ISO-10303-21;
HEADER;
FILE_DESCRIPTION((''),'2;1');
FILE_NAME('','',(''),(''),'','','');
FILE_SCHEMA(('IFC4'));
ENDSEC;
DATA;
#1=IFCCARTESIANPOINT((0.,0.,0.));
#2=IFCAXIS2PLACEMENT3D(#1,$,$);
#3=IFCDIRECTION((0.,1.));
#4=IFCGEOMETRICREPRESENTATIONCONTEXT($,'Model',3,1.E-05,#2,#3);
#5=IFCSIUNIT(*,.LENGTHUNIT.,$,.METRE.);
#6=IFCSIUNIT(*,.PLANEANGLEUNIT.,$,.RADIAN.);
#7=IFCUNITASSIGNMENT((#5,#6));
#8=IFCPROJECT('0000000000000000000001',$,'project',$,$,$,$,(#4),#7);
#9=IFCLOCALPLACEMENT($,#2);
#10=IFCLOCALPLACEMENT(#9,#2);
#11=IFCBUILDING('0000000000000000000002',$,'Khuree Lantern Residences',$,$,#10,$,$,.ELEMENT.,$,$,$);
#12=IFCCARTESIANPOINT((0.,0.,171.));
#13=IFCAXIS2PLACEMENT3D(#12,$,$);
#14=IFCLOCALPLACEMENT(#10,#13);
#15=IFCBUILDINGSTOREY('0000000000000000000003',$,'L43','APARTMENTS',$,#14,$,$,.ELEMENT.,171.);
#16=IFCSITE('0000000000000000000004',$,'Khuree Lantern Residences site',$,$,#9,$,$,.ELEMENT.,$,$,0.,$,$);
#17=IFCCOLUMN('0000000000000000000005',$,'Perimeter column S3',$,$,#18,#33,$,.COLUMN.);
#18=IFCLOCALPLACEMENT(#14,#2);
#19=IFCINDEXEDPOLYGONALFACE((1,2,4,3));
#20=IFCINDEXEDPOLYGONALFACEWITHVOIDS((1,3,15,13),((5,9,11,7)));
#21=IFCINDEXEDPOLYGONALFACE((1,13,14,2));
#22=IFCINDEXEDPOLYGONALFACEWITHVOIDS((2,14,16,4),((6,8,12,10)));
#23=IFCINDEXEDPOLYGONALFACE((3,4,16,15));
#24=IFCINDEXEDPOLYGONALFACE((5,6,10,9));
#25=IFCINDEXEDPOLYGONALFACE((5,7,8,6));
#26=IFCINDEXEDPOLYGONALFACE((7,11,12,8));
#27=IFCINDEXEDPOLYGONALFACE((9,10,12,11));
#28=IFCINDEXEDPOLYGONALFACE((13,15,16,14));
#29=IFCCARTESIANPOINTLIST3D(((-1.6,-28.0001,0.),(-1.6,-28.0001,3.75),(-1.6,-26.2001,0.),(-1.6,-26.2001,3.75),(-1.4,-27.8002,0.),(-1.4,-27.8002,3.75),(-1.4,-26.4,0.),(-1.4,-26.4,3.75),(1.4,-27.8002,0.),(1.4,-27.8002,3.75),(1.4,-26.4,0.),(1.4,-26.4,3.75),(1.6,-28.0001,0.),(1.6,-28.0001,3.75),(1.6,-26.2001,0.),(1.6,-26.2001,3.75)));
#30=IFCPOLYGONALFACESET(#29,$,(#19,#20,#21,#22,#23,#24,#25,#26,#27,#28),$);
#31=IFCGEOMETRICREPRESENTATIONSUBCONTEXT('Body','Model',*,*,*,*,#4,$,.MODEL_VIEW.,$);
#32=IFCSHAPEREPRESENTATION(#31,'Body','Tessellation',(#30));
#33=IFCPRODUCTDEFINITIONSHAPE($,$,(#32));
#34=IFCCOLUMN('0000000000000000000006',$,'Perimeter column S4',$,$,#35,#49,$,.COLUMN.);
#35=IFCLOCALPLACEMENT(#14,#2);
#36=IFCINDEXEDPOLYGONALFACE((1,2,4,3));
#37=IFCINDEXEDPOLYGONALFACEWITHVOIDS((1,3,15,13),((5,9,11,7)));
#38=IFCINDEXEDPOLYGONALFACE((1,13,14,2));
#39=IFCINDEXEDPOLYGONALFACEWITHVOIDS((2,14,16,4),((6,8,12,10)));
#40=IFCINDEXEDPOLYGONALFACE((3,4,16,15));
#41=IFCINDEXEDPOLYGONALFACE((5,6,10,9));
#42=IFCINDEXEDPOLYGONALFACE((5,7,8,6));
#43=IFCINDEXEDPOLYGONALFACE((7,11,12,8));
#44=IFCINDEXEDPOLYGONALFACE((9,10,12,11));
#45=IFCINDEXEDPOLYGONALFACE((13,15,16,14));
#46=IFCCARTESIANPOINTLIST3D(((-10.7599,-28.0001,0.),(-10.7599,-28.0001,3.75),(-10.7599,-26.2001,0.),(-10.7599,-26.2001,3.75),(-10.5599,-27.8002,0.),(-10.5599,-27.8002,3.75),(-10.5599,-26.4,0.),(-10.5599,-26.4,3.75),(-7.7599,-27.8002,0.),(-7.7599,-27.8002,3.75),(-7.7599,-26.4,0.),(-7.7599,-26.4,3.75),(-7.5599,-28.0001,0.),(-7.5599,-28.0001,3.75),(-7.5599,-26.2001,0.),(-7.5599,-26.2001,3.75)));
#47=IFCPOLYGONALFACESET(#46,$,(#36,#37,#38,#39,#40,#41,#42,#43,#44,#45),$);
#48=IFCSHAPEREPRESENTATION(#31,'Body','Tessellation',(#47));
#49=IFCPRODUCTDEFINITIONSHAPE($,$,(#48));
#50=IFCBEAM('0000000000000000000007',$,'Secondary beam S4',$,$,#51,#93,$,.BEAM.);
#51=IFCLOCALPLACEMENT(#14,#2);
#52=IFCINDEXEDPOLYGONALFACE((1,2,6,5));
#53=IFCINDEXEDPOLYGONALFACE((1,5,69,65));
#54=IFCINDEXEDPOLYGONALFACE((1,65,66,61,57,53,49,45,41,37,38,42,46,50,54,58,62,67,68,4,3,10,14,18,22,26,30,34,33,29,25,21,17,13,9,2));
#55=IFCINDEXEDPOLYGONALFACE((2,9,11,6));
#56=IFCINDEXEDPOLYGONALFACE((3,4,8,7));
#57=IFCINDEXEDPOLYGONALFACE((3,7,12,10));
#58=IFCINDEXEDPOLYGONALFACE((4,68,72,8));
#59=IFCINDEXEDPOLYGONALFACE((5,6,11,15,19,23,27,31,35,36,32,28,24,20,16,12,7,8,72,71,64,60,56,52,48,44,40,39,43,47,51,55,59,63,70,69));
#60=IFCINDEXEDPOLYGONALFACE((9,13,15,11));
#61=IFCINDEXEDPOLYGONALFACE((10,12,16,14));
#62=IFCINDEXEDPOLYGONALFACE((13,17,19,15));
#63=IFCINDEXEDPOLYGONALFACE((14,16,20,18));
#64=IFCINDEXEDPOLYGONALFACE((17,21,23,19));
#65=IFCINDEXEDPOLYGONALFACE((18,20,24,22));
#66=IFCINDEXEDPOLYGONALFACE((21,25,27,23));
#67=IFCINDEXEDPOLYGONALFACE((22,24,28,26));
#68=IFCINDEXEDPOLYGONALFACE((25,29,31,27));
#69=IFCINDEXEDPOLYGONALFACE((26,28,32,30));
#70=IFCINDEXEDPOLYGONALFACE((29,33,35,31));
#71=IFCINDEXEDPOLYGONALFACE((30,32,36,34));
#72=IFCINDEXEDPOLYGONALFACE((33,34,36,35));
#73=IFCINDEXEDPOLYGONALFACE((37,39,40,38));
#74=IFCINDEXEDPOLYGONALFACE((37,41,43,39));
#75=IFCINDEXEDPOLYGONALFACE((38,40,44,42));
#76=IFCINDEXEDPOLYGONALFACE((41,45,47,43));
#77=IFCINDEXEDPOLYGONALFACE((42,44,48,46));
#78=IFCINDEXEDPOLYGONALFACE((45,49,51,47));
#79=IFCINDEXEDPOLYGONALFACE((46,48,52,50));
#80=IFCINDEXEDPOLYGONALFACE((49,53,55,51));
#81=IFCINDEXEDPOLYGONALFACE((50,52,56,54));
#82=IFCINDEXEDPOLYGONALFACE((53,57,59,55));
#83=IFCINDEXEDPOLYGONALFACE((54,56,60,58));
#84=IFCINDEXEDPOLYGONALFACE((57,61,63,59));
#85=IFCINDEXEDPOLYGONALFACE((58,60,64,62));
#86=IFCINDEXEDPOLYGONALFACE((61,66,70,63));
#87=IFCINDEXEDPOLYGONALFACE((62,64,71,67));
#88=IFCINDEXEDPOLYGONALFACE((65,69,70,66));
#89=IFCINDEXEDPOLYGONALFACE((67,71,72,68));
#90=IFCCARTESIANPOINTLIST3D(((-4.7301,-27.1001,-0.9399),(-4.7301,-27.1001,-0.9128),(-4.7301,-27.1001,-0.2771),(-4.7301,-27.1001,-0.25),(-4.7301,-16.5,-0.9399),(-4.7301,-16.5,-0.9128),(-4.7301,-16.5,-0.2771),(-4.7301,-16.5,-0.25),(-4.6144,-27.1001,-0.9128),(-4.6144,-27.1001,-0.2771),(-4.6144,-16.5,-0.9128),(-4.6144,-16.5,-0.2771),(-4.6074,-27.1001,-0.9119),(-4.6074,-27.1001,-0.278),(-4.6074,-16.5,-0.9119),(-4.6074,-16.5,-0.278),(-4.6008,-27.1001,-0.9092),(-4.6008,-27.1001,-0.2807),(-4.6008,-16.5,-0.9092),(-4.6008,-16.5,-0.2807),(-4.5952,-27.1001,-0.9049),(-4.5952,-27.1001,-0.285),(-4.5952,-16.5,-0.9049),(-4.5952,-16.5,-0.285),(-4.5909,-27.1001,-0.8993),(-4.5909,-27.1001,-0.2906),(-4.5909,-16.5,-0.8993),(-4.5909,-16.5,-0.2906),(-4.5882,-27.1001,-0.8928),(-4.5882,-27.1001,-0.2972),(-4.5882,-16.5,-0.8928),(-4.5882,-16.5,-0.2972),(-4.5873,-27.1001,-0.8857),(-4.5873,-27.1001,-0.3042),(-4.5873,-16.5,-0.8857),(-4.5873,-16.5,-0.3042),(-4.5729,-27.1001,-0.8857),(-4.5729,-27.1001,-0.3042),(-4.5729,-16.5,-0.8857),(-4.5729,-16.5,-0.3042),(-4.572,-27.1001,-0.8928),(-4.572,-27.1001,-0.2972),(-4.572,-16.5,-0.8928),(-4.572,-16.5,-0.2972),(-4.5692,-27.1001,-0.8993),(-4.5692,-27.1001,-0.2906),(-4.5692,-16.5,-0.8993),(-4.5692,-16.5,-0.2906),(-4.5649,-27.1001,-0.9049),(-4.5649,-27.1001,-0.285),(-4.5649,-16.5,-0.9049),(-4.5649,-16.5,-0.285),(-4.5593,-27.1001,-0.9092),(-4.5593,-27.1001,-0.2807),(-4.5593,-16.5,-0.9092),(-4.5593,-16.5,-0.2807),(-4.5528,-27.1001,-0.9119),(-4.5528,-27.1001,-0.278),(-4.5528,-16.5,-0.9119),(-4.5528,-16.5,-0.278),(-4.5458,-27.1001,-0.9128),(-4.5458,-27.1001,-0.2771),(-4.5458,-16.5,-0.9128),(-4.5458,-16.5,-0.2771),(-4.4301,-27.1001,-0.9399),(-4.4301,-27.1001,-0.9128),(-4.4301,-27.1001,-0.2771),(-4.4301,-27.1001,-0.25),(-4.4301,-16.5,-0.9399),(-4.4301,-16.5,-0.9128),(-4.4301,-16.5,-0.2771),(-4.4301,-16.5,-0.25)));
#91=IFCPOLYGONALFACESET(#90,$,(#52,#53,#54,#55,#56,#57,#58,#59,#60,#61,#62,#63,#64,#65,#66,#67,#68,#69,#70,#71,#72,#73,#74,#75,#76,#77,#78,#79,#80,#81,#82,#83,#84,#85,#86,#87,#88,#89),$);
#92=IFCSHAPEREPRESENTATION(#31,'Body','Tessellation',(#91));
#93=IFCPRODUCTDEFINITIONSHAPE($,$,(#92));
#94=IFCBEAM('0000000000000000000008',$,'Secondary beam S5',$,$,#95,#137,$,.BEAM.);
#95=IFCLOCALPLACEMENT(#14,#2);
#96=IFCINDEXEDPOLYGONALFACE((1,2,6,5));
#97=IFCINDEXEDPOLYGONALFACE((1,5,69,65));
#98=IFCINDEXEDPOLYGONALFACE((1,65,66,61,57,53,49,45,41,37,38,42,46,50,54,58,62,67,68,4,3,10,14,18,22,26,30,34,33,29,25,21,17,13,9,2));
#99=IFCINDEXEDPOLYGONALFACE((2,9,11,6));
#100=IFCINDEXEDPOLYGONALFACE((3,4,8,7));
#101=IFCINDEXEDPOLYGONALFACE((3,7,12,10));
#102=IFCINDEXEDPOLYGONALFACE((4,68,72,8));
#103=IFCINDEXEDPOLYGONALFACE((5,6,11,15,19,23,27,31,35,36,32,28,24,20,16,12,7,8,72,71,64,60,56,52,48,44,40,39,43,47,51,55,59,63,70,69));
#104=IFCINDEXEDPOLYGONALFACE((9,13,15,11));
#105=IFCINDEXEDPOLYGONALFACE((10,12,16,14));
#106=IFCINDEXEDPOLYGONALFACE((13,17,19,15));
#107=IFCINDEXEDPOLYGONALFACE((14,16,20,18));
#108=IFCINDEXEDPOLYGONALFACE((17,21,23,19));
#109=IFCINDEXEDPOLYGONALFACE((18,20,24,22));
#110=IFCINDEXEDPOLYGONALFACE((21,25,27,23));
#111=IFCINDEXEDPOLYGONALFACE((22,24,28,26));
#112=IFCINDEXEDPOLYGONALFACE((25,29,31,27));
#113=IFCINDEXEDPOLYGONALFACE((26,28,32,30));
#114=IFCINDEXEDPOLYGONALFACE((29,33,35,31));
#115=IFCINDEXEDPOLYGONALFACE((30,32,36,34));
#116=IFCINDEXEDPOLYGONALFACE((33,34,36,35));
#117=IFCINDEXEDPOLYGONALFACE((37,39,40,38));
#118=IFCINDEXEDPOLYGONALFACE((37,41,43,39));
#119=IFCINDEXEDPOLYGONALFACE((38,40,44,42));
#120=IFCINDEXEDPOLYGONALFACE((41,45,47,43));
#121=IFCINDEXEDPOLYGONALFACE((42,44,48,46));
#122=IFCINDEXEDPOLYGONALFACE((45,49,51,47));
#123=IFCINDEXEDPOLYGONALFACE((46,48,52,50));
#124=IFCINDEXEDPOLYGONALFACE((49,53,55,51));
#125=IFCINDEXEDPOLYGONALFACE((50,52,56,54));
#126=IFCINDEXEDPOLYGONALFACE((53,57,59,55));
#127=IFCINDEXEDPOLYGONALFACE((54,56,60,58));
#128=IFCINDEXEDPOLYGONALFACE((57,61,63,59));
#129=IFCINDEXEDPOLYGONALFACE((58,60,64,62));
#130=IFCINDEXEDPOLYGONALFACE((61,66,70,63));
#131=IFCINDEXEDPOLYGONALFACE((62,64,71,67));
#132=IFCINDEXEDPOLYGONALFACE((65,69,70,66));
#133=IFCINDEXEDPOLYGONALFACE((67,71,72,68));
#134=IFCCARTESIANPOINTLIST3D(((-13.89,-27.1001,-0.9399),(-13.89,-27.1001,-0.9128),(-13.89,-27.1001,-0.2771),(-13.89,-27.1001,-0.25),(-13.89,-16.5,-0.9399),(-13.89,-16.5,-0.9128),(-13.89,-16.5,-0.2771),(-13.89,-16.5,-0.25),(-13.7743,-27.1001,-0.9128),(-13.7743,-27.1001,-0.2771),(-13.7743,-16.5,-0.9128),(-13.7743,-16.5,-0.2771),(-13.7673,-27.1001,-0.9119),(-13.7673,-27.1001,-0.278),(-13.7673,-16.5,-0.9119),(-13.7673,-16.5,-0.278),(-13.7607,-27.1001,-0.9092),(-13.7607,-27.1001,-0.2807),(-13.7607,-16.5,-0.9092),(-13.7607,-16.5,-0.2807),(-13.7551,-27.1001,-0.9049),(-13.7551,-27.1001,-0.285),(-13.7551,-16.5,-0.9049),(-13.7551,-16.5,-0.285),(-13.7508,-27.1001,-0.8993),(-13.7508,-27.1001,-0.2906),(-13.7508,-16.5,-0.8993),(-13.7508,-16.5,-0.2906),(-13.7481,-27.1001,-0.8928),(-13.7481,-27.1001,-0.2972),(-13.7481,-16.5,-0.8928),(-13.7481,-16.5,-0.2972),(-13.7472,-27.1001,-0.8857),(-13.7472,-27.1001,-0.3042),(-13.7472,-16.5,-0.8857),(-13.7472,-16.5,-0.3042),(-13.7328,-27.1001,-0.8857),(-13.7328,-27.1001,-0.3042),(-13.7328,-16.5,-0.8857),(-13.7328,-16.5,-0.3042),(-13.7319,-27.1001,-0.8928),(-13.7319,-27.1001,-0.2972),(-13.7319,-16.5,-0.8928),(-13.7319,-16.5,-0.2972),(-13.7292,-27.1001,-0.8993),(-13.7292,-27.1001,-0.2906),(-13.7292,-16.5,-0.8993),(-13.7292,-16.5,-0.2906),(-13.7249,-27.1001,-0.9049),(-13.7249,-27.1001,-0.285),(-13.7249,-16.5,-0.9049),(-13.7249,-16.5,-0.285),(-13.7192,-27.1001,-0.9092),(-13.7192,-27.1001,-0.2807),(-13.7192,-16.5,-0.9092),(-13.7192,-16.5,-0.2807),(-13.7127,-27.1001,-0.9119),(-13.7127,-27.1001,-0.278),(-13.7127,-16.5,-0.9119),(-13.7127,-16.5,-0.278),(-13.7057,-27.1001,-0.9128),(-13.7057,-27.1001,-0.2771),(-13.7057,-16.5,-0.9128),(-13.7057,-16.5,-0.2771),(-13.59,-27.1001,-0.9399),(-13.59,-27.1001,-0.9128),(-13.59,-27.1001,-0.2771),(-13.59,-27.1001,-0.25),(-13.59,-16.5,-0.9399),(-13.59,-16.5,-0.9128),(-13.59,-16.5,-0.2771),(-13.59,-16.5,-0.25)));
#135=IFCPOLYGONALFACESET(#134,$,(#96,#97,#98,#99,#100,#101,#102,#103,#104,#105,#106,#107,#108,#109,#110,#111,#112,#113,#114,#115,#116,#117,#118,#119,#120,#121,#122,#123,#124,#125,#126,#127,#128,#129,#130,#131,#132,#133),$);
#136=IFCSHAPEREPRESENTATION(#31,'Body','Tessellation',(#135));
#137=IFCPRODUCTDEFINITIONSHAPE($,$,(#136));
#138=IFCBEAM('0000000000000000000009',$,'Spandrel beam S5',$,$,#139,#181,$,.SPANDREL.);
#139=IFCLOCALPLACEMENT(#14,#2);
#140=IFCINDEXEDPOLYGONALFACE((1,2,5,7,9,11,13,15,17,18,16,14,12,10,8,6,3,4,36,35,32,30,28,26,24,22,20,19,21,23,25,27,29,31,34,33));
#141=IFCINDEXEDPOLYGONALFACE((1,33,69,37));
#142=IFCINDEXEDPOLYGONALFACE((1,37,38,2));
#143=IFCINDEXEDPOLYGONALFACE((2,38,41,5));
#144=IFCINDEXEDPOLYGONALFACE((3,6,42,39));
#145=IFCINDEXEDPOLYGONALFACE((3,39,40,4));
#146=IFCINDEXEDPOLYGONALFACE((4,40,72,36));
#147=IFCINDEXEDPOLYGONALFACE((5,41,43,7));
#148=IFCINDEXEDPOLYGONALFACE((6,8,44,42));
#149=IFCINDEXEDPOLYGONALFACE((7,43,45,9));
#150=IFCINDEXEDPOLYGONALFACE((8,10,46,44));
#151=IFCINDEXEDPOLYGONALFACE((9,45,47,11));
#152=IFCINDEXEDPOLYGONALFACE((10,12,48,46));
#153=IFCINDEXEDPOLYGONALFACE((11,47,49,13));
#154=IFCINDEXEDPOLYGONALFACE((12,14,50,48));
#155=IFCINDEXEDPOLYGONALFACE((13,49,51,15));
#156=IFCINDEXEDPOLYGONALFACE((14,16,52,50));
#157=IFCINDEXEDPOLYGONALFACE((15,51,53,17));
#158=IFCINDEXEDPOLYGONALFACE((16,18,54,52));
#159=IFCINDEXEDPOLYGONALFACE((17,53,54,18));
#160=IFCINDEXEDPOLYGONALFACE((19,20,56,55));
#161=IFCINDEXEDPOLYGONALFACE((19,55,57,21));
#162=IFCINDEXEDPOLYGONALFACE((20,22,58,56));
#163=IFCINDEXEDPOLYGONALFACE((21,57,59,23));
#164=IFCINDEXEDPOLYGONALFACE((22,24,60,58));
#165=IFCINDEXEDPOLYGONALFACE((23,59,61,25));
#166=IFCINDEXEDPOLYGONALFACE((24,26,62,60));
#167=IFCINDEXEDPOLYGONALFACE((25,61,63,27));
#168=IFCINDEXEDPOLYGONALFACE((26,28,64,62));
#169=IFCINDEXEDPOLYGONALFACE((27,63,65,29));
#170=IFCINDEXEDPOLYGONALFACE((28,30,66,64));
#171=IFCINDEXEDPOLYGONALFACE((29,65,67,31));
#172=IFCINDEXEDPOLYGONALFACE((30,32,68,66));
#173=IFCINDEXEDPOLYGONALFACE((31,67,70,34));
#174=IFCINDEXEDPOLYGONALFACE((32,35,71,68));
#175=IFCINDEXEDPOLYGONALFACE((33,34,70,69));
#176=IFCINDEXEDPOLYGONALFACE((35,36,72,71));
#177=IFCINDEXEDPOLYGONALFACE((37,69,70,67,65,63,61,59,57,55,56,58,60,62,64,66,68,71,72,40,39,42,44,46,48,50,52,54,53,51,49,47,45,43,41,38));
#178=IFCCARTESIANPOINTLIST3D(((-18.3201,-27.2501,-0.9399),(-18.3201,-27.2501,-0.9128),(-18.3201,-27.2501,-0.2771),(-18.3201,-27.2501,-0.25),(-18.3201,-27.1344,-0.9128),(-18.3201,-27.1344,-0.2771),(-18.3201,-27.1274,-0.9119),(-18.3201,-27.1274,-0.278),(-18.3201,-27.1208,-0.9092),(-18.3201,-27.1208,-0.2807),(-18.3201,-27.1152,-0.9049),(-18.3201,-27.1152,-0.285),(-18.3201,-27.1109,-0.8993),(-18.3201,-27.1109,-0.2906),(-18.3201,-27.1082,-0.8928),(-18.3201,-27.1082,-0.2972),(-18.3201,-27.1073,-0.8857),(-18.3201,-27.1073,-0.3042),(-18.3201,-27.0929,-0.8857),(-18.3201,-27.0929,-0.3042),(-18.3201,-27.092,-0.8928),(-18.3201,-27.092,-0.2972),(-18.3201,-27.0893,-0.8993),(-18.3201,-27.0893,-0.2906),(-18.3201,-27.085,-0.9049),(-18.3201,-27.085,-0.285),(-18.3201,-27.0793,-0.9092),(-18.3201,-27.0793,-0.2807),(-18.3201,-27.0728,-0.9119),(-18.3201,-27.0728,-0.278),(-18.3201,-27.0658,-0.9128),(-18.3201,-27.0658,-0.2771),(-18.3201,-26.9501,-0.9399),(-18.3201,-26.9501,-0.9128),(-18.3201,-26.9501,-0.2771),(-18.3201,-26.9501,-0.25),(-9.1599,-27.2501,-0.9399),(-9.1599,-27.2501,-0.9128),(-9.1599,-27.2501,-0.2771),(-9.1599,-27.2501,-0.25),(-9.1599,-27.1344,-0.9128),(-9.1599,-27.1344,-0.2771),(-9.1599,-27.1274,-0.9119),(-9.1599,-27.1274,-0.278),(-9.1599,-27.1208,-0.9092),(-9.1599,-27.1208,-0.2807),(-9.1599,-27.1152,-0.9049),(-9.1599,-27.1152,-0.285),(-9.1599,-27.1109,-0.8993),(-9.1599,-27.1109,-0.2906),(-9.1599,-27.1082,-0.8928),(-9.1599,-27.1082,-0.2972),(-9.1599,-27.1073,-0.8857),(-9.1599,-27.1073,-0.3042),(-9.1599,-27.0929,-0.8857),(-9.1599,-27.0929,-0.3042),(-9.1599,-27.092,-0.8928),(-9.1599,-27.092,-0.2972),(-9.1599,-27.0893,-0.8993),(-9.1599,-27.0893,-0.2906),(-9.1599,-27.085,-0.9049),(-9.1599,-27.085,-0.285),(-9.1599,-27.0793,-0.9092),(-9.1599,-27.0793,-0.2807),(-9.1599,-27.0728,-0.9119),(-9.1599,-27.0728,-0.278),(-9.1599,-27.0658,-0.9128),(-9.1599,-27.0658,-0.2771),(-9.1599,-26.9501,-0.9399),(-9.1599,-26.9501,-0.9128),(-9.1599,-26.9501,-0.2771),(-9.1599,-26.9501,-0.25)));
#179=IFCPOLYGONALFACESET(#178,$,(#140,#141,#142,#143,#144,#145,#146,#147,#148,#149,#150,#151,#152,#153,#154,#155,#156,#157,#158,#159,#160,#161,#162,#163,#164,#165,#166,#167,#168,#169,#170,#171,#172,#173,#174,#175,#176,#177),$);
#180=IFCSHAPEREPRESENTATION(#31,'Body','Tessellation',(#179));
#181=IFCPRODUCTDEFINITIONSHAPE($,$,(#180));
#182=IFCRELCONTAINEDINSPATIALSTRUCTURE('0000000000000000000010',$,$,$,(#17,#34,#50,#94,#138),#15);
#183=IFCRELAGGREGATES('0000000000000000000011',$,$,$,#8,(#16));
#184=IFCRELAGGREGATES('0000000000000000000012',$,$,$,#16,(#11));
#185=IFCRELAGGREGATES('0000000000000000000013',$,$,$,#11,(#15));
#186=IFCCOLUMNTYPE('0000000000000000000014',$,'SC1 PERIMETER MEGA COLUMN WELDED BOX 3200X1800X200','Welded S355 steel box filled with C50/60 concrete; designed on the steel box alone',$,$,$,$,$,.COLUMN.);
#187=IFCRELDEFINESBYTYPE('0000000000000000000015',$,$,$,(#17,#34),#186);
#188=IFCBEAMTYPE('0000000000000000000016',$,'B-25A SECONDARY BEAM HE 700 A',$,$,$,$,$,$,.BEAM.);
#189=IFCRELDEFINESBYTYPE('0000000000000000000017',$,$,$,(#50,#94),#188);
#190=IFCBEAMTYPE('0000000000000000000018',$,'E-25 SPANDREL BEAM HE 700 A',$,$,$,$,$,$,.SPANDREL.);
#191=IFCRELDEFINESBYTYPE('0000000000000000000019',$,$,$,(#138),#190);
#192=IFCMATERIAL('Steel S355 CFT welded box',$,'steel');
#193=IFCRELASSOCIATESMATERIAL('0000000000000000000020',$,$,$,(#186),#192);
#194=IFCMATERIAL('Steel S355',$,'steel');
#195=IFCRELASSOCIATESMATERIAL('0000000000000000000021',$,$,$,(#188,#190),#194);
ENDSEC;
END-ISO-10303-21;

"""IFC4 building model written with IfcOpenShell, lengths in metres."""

from ifc_helpers import new_model, si_unit, direction, frame, origin, origin_2d, place, context, subcontext, project, spatial, hollow_rectangle, i_section, extrude, material, material_profile, profile_set, type_object, element, save


model = new_model("IFC4")

# Units and contexts
model_context = context("Model", 3, precision=1e-05, world=origin(), true_north=direction((0.0, 1.0)))
body_context = subcontext(model_context, "Body", "Model", "MODEL_VIEW")
ifc_project = project(units=[si_unit("LENGTHUNIT", "METRE"), si_unit("PLANEANGLEUNIT", "RADIAN")], contexts=[model_context])

# Site, building, storey
site_placement = place(None, origin())
site = spatial("IfcSite", under=ifc_project, at=site_placement, Name="Khuree Lantern Residences site", CompositionType="ELEMENT", RefElevation=0.0)
building_placement = place(site_placement, origin())
building = spatial("IfcBuilding", under=site, at=building_placement, Name="Khuree Lantern Residences", CompositionType="ELEMENT")
storey_placement = place(building_placement, frame((0.0, 0.0, 171.0)))
storey = spatial("IfcBuildingStorey", under=building, at=storey_placement, Name="L43", Description="APARTMENTS", CompositionType="ELEMENT", Elevation=171.0)

# Columns
ifc_material_1 = material(Name="Steel S355 CFT welded box", Category="steel")
ifc_material_profile_1 = material_profile(ifc_material_1, hollow_rectangle(XDim=3.2, YDim=1.8, WallThickness=0.2, at=origin_2d()), Name="WELDED BOX 3200X1800X200")
ifc_profile_set_1 = profile_set([ifc_material_profile_1], Name="Steel S355 CFT welded box")
column_type = type_object("IfcColumnType", Name="SC1 PERIMETER MEGA COLUMN WELDED BOX 3200X1800X200", Description="Welded S355 steel box filled with C50/60 concrete; designed on the steel box alone", PredefinedType="COLUMN", material=ifc_profile_set_1)
for number, where, z_axis, x_axis, name in (
    (1, (0.0, -27.1001, 0.0), (0.0, 0.0, 1.0), (1.0, 0.0, 0.0), "Perimeter column S3"),
    (2, (-9.1599, -27.1001, 0.0), (0.0, 0.0, 1.0), (1.0, 0.0, 0.0), "Perimeter column S4"),
):
    element("IfcColumn", number, at=place(storey_placement, frame(where, z_axis=z_axis, x_axis=x_axis)), inside=storey, type_object=column_type, Name=name, PredefinedType="COLUMN", context=body_context, shape_type="SweptSolid", body=[
        extrude(hollow_rectangle(XDim=3.2, YDim=1.8, WallThickness=0.2, at=origin_2d()), origin(), (0.0, 0.0, 1.0), 3.75),
    ])

# Beams
ifc_material_2 = material(Name="Steel S355", Category="steel")
ifc_material_profile_2 = material_profile(ifc_material_2, i_section(OverallWidth=0.3, OverallDepth=0.6899, WebThickness=0.0144, FlangeThickness=0.0271, FilletRadius=0.0271, at=origin_2d()), Name="HE 700 A")
ifc_profile_set_2 = profile_set([ifc_material_profile_2], Name="Steel S355")
beam_type_1 = type_object("IfcBeamType", Name="B-25A SECONDARY BEAM HE 700 A", PredefinedType="BEAM", material=ifc_profile_set_2)
for number, where, z_axis, x_axis, name in (
    (3, (-4.5801, -27.1001, -0.595), (0.0, 1.0, 0.0), (-1.0, 0.0, 0.0), "Secondary beam S4"),
    (4, (-13.74, -27.1001, -0.595), (0.0, 1.0, 0.0), (-1.0, 0.0, 0.0), "Secondary beam S5"),
):
    element("IfcBeam", number, at=place(storey_placement, frame(where, z_axis=z_axis, x_axis=x_axis)), inside=storey, type_object=beam_type_1, Name=name, PredefinedType="BEAM", context=body_context, shape_type="SweptSolid", body=[
        extrude(i_section(OverallWidth=0.3, OverallDepth=0.6899, WebThickness=0.0144, FlangeThickness=0.0271, FilletRadius=0.0271, at=origin_2d()), origin(), (0.0, 0.0, 1.0), 10.6001),
    ])
ifc_material_profile_3 = material_profile(ifc_material_2, i_section(OverallWidth=0.3, OverallDepth=0.6899, WebThickness=0.0144, FlangeThickness=0.0271, FilletRadius=0.0271, at=origin_2d()), Name="HE 700 A")
ifc_profile_set_3 = profile_set([ifc_material_profile_3], Name="Steel S355")
beam_type_2 = type_object("IfcBeamType", Name="E-25 SPANDREL BEAM HE 700 A", PredefinedType="SPANDREL", material=ifc_profile_set_3)
beam_1_placement = place(storey_placement, frame((-9.1599, -27.1001, -0.595), z_axis=(-1.0, 0.0, 0.0), x_axis=(0.0, -1.0, 0.0)))
element("IfcBeam", 5, at=beam_1_placement, inside=storey, type_object=beam_type_2, Name="Spandrel beam S5", PredefinedType="SPANDREL", context=body_context, shape_type="SweptSolid", body=[
    extrude(i_section(OverallWidth=0.3, OverallDepth=0.6899, WebThickness=0.0144, FlangeThickness=0.0271, FilletRadius=0.0271, at=origin_2d()), origin(), (0.0, 0.0, 1.0), 9.1602),
])

save(model, "model.ifc")
